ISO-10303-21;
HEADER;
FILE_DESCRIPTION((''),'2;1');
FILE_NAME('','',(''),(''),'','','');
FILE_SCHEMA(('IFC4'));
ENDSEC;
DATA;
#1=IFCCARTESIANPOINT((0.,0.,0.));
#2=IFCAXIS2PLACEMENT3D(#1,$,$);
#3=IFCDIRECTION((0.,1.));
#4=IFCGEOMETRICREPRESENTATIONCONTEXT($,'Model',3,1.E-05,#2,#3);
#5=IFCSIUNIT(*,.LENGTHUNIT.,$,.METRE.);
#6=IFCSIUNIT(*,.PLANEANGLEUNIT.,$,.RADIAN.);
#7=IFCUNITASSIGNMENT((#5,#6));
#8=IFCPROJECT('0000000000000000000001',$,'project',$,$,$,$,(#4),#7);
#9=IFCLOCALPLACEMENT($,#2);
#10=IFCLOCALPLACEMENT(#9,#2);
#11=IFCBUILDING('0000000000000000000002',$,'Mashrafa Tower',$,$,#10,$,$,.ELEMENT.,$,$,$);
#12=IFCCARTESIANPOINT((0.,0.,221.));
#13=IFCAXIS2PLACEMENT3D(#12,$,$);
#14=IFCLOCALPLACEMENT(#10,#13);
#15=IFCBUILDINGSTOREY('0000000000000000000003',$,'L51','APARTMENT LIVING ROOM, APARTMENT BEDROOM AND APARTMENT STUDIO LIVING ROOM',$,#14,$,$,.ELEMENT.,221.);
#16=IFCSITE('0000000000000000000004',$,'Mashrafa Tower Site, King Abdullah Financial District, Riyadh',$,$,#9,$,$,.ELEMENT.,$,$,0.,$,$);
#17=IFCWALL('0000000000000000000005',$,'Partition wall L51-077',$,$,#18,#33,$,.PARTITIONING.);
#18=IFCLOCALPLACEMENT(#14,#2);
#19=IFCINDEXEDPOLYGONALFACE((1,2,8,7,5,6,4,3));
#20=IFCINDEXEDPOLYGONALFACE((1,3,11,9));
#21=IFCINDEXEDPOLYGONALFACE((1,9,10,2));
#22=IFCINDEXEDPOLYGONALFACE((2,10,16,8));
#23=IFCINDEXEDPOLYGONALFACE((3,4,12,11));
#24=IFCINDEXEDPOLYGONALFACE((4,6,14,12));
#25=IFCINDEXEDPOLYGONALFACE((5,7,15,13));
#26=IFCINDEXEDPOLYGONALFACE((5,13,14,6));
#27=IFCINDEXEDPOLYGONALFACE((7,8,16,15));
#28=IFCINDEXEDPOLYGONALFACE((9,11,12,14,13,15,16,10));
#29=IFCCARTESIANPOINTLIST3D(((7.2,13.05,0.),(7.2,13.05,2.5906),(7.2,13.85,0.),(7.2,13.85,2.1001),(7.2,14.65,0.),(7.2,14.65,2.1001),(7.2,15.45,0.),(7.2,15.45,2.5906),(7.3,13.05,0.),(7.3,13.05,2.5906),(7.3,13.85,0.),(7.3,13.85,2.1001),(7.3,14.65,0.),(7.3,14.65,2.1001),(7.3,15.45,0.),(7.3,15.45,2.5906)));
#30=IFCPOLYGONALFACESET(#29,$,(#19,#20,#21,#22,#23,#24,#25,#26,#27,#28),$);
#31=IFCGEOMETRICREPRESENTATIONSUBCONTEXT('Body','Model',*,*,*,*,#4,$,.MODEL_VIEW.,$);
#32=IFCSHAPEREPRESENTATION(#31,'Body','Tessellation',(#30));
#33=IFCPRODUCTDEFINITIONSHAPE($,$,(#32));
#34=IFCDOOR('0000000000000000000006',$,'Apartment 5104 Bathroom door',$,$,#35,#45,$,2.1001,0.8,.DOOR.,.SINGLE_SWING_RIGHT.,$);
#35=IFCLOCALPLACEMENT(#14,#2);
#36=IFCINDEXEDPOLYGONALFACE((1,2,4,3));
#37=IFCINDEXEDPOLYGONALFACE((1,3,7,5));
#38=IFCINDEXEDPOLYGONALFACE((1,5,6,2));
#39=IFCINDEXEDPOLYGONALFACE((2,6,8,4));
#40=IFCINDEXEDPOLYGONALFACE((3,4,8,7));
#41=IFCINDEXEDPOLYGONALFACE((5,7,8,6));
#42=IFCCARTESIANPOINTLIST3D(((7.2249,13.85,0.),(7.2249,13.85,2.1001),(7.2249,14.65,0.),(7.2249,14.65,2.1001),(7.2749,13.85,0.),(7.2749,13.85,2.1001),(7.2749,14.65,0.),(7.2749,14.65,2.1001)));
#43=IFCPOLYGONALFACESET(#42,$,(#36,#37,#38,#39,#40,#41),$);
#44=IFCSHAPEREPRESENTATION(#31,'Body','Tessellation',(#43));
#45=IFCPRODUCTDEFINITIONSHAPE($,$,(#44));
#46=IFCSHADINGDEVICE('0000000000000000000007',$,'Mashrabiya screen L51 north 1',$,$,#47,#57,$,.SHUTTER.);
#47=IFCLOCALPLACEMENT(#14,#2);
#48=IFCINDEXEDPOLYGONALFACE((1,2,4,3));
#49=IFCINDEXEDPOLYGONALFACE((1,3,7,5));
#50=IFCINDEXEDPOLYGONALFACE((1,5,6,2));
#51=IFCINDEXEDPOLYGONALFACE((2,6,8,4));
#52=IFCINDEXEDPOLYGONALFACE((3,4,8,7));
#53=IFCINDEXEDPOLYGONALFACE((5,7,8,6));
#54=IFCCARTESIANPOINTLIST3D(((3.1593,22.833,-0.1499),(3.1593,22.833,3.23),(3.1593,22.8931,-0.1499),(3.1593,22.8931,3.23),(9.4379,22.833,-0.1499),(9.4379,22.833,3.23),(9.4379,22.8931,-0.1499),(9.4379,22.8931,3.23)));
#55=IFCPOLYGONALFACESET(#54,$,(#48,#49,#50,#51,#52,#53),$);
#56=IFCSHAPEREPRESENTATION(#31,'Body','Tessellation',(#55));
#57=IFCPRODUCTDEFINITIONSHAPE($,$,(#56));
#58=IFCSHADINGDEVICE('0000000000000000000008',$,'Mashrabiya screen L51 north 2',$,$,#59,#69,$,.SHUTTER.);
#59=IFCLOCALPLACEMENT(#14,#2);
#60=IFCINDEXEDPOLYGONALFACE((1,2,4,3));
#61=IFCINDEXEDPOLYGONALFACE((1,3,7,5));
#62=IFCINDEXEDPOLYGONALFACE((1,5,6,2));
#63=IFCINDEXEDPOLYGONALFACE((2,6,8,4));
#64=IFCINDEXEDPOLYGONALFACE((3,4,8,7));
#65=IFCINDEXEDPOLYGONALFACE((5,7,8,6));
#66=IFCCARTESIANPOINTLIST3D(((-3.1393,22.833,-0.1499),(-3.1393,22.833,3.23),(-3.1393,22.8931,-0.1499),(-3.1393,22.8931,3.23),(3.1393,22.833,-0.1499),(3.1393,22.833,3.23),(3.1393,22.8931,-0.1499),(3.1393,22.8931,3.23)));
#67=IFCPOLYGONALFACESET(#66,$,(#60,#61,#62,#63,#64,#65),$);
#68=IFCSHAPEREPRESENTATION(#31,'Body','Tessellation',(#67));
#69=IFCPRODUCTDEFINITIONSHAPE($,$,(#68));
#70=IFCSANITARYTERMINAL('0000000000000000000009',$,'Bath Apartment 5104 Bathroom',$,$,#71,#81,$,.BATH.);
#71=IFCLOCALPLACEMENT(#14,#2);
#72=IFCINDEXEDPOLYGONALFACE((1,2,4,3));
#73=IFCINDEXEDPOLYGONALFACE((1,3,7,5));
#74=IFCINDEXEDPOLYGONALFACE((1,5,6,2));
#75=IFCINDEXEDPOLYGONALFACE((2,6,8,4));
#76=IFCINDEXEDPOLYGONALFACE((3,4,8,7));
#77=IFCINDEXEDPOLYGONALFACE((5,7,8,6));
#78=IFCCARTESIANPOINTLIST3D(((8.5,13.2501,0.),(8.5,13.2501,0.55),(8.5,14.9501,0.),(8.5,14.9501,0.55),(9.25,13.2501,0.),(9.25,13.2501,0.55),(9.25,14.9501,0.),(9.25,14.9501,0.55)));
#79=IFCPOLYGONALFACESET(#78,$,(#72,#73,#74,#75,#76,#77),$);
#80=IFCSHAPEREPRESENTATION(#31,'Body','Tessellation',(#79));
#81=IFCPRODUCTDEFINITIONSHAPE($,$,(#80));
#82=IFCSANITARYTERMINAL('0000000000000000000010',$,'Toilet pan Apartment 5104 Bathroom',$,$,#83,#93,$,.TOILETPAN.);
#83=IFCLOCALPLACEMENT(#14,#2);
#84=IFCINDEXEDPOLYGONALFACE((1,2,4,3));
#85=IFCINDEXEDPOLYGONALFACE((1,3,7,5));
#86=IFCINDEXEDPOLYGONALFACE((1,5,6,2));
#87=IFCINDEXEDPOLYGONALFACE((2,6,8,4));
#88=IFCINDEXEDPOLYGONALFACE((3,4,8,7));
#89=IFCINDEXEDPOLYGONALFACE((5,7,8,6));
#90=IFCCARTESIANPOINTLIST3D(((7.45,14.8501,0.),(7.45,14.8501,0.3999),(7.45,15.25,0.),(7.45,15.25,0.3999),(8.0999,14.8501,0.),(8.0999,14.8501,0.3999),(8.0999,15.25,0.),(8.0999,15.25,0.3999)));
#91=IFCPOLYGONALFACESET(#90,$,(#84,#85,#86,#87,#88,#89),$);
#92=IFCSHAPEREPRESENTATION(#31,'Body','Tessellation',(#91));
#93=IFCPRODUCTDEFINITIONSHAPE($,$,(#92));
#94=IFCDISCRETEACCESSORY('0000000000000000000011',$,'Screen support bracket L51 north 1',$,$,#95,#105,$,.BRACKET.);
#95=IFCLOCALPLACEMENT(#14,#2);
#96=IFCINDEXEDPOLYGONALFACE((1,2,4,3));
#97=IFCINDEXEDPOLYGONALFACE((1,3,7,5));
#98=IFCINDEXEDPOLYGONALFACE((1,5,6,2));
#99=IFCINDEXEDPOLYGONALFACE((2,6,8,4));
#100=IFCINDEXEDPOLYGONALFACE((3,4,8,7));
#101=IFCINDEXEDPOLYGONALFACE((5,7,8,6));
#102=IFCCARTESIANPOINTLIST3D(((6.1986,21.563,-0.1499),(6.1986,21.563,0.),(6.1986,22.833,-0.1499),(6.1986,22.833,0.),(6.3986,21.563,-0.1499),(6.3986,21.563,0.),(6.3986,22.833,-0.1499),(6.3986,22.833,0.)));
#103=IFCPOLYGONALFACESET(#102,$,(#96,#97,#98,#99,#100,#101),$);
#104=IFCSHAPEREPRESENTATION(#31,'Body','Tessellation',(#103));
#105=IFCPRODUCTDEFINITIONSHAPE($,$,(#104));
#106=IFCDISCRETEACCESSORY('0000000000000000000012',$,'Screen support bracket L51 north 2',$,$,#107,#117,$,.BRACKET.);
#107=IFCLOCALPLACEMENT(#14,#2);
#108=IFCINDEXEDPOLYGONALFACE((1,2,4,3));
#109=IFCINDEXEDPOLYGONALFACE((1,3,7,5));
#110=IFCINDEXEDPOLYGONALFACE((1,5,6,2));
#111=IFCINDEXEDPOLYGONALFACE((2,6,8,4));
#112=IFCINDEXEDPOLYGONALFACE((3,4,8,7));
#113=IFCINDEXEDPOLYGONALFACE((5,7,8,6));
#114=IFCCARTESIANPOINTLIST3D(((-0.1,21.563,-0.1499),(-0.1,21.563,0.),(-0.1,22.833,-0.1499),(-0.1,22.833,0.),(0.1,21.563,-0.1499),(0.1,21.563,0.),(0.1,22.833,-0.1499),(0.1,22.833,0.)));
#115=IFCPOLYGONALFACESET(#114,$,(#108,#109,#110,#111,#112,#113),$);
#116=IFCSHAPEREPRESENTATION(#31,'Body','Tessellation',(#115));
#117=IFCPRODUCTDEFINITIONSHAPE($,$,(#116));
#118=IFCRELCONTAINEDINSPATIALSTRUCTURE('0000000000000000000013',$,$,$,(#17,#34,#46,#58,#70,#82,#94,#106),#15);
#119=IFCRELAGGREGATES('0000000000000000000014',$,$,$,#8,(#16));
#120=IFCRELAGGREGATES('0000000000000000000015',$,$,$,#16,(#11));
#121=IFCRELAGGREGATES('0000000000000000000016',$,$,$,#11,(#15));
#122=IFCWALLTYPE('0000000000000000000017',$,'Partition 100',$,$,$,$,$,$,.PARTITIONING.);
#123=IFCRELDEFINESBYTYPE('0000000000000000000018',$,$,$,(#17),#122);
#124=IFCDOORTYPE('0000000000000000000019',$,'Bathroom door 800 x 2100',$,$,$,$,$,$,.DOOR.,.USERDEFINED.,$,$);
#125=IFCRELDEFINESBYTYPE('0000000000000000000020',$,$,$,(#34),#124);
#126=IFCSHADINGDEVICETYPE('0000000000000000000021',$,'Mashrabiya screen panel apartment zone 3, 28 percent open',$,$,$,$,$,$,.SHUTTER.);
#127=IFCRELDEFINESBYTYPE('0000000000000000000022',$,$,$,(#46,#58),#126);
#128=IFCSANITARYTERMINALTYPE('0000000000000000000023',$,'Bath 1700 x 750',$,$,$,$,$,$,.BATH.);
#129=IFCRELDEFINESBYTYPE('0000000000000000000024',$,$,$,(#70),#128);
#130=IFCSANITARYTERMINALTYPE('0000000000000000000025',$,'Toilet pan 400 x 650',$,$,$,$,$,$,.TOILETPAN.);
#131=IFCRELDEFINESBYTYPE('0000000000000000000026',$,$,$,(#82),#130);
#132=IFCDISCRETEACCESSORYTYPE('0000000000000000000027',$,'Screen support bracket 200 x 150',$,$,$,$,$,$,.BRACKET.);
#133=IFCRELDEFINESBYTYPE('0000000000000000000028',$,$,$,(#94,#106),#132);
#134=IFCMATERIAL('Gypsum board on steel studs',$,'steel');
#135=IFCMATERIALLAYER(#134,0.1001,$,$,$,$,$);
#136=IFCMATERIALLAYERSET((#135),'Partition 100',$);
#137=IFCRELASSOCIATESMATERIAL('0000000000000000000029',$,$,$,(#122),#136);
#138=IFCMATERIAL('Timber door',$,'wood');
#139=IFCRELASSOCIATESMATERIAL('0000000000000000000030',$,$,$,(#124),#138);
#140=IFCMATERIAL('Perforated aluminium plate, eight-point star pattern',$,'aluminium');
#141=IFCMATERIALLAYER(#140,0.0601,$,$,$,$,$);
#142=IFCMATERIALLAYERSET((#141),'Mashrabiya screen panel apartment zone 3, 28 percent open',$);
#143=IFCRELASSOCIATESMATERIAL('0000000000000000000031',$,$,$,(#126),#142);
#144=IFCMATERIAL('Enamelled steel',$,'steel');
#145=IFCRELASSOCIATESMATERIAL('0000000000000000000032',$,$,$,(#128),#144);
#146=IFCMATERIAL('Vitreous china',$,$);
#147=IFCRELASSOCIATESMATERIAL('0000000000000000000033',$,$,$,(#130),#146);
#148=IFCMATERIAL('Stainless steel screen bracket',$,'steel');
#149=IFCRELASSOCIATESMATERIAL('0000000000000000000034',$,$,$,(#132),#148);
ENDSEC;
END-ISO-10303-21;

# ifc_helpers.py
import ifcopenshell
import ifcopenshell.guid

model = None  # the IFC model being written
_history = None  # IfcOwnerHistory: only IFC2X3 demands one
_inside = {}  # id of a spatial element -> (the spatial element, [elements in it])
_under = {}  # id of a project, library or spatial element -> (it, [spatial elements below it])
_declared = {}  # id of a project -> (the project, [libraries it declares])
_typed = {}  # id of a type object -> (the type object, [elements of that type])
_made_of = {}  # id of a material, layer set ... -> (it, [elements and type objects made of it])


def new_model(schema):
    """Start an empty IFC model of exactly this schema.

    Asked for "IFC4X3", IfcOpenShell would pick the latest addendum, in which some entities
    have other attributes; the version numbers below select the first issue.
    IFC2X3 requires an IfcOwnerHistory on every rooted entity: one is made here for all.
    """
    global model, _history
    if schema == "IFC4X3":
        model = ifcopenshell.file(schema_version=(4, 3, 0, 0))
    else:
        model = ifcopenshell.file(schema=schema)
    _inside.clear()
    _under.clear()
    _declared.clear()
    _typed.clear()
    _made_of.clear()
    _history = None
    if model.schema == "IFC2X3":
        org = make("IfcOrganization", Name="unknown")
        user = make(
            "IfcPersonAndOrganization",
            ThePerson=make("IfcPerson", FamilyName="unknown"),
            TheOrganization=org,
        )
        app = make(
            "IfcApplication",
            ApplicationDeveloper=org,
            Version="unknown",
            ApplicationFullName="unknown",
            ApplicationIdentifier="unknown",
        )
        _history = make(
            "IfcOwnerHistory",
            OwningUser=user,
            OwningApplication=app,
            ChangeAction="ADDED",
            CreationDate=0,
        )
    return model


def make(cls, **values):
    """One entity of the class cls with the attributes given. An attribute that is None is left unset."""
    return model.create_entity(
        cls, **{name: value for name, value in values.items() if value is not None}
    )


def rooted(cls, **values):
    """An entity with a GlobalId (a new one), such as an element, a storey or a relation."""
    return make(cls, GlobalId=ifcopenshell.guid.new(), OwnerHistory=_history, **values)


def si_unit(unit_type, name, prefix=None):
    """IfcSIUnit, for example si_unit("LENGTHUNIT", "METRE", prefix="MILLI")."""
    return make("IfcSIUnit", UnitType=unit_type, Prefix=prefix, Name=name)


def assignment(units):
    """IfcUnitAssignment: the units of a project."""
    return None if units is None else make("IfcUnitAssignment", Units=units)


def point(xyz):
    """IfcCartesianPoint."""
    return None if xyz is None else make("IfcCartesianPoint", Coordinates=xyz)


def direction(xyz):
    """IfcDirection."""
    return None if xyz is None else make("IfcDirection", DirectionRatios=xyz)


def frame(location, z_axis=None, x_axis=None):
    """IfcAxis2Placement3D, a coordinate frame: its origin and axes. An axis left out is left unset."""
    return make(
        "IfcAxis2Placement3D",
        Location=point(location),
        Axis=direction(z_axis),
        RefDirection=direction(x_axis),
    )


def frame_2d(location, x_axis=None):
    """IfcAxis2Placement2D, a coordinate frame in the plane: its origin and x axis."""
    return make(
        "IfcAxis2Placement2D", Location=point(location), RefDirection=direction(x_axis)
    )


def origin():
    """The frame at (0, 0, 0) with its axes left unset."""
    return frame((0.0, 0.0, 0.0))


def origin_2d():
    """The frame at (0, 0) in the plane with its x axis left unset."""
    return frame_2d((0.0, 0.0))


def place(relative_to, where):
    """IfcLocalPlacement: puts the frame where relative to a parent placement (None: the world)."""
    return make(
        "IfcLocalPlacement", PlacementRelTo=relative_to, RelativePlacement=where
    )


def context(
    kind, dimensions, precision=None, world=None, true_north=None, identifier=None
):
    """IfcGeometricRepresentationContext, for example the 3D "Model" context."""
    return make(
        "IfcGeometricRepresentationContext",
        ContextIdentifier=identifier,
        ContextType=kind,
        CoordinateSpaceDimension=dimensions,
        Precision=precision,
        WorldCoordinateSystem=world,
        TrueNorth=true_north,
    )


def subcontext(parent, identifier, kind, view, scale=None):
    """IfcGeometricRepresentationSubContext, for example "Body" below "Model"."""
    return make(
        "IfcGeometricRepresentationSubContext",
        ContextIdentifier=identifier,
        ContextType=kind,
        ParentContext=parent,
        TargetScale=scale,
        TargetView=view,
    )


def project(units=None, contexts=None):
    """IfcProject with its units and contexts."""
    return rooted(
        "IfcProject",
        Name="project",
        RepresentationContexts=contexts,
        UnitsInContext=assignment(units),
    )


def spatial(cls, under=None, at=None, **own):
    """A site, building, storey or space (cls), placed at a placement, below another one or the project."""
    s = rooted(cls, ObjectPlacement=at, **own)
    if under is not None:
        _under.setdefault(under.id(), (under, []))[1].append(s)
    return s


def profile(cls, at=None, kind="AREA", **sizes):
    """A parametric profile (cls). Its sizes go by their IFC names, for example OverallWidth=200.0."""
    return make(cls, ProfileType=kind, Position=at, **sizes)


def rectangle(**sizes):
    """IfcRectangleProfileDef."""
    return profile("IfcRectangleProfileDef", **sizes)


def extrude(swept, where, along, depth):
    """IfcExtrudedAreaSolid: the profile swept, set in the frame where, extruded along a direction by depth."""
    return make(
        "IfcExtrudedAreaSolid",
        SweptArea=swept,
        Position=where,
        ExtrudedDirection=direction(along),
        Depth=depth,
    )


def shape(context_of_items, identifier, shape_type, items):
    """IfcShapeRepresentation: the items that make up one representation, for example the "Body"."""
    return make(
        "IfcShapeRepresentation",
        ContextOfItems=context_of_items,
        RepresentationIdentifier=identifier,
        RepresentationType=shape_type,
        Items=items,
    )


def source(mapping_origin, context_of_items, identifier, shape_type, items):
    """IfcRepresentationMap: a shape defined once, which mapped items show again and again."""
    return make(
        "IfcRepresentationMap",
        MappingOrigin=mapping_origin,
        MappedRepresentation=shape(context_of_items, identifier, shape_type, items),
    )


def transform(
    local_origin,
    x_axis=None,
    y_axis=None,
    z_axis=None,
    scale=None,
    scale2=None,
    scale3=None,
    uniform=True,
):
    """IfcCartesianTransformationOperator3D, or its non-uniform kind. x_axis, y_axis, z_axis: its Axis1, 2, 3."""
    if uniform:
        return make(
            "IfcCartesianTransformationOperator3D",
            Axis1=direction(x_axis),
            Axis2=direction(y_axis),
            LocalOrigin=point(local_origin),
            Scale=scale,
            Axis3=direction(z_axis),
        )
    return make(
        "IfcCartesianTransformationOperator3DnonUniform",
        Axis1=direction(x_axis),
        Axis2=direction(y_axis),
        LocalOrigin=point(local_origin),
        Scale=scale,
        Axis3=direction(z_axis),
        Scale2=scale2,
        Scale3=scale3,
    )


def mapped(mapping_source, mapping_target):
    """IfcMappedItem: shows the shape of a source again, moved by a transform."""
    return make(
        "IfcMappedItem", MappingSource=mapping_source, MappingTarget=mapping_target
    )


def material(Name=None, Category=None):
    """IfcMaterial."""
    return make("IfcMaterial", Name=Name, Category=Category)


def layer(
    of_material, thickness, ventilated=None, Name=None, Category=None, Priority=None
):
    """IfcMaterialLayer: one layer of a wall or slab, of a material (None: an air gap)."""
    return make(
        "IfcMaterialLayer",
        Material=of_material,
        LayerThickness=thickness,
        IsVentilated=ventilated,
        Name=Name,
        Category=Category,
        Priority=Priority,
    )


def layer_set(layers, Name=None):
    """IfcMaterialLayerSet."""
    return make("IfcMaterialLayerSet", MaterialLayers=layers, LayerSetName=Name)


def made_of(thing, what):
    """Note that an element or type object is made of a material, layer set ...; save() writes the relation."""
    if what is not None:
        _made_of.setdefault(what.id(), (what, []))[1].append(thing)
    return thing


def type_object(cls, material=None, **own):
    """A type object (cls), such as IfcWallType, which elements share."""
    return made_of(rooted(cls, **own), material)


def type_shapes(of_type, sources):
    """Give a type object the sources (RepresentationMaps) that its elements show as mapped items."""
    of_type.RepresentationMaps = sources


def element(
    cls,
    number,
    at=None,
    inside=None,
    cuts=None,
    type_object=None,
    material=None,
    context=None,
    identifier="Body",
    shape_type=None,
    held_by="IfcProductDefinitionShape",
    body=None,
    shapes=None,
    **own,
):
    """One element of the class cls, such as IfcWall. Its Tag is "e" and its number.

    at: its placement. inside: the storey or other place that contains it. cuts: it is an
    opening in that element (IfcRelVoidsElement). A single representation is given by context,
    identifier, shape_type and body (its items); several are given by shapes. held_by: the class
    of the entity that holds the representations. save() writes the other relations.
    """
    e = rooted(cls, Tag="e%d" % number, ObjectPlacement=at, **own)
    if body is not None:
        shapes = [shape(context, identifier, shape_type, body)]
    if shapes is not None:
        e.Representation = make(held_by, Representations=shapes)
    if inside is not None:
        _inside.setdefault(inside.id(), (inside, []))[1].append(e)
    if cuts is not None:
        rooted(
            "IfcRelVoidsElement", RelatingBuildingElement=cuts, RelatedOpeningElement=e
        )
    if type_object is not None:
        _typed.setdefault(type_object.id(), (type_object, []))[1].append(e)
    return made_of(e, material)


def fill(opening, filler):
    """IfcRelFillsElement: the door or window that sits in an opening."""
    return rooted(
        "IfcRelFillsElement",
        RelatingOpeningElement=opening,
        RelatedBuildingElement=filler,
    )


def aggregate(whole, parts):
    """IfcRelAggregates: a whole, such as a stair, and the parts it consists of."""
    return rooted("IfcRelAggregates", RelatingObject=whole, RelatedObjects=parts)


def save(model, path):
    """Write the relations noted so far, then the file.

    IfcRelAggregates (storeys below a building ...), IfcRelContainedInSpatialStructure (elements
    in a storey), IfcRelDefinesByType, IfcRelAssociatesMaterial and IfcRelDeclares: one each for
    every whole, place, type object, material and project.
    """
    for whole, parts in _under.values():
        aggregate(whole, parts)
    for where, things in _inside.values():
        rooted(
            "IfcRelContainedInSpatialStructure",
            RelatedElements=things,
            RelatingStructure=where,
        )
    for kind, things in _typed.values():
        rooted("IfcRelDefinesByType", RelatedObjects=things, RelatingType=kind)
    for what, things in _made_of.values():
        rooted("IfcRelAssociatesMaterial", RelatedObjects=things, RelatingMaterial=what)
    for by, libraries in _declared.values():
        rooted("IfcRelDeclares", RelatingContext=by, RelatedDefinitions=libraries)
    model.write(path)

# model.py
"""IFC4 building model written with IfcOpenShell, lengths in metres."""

from ifc_helpers import new_model, si_unit, direction, frame, frame_2d, origin, origin_2d, place, context, subcontext, project, spatial, rectangle, extrude, source, transform, mapped, material, layer, layer_set, type_object, type_shapes, element, fill, save


model = new_model("IFC4")

# Units and contexts
model_context = context("Model", 3, precision=1e-05, world=origin(), true_north=direction((0.0, 1.0)))
body_context = subcontext(model_context, "Body", "Model", "MODEL_VIEW")
ifc_project = project(units=[si_unit("LENGTHUNIT", "METRE"), si_unit("PLANEANGLEUNIT", "RADIAN")], contexts=[model_context])

# Site, building, storey
site_placement = place(None, origin())
site = spatial("IfcSite", under=ifc_project, at=site_placement, Name="Mashrafa Tower Site, King Abdullah Financial District, Riyadh", CompositionType="ELEMENT", RefElevation=0.0)
building_placement = place(site_placement, origin())
building = spatial("IfcBuilding", under=site, at=building_placement, Name="Mashrafa Tower", CompositionType="ELEMENT")
storey_placement = place(building_placement, frame((0.0, 0.0, 221.0)))
storey = spatial("IfcBuildingStorey", under=building, at=storey_placement, Name="L51", Description="APARTMENT LIVING ROOM, APARTMENT BEDROOM AND APARTMENT STUDIO LIVING ROOM", CompositionType="ELEMENT", Elevation=221.0)

# Shared definitions
ifc_material_1 = material(Name="Gypsum board on steel studs", Category="steel")
ifc_layer_1 = layer(ifc_material_1, 0.1001)
ifc_layer_set_1 = layer_set([ifc_layer_1], Name="Partition 100")
wall_type_1 = type_object("IfcWallType", Name="Partition 100", PredefinedType="PARTITIONING", material=ifc_layer_set_1)

# Wall, opening, door
wall_1_placement = place(storey_placement, frame((7.25, 15.45, 0.0), z_axis=(0.0, 0.0, 1.0), x_axis=(0.0, -1.0, 0.0)))
wall_1 = element("IfcWall", 1, at=wall_1_placement, inside=storey, type_object=wall_type_1, Name="Partition wall L51-077", PredefinedType="PARTITIONING", context=body_context, shape_type="SweptSolid", body=[
    extrude(rectangle(XDim=2.3999, YDim=0.1001, at=frame_2d((1.2, 0.0))), origin(), (0.0, 0.0, 1.0), 2.5906),
])
opening_1_placement = place(wall_1_placement, frame((0.8, 0.0, 0.0)))
opening_1 = element("IfcOpeningElement", 2, at=opening_1_placement, cuts=wall_1, PredefinedType="OPENING", context=body_context, shape_type="SweptSolid", body=[
    extrude(rectangle(XDim=0.8, YDim=2.1001, at=frame_2d((0.3999, 1.05))), frame((0.0, 0.0601, 0.0), z_axis=(0.0, -1.0, 0.0), x_axis=(1.0, 0.0, 0.0)), (0.0, 0.0, 1.0), 0.1201),
])
ifc_material_2 = material(Name="Timber door", Category="wood")
door_type_1 = type_object("IfcDoorType", Name="Bathroom door 800 x 2100", OperationType="USERDEFINED", PredefinedType="DOOR", material=ifc_material_2)
door_1_placement = place(opening_1_placement, origin())
door_1 = element("IfcDoor", 3, at=door_1_placement, inside=storey, type_object=door_type_1, Name="Apartment 5104 Bathroom door", OperationType="SINGLE_SWING_RIGHT", OverallHeight=2.1001, OverallWidth=0.8, PredefinedType="DOOR", context=body_context, shape_type="SweptSolid", body=[
    extrude(rectangle(XDim=0.8, YDim=2.1001, at=frame_2d((0.3999, 1.05))), frame((0.0, 0.0249, 0.0), z_axis=(0.0, -1.0, 0.0), x_axis=(1.0, 0.0, 0.0)), (0.0, 0.0, 1.0), 0.05),
])
fill(opening_1, door_1)

# Shading devices
ifc_material_3 = material(Name="Perforated aluminium plate, eight-point star pattern", Category="aluminium")
ifc_layer_2 = layer(ifc_material_3, 0.0601)
ifc_layer_set_2 = layer_set([ifc_layer_2], Name="Mashrabiya screen panel apartment zone 3, 28 percent open")
shading_device_type = type_object("IfcShadingDeviceType", Name="Mashrabiya screen panel apartment zone 3, 28 percent open", PredefinedType="SHUTTER", material=ifc_layer_set_2)
shared_shape_1 = source(origin(), body_context, "Body", "SweptSolid", [
    extrude(rectangle(XDim=6.2786, YDim=0.0601, at=origin_2d()), origin(), (0.0, 0.0, 1.0), 3.3799),
])
type_shapes(shading_device_type, [shared_shape_1])
for number, where, z_axis, x_axis, name in (
    (4, (6.2986, 22.863, -0.1499), (0.0, 0.0, 1.0), (-1.0, 0.0, 0.0), "Mashrabiya screen L51 north 1"),
    (5, (0.0, 22.863, -0.1499), (0.0, 0.0, 1.0), (-1.0, 0.0, 0.0), "Mashrabiya screen L51 north 2"),
):
    element("IfcShadingDevice", number, at=place(storey_placement, frame(where, z_axis=z_axis, x_axis=x_axis)), inside=storey, type_object=shading_device_type, Name=name, PredefinedType="SHUTTER", context=body_context, shape_type="MappedRepresentation", body=[
        mapped(shared_shape_1, transform((0.0, 0.0, 0.0))),
    ])

# Sanitary terminals
ifc_material_4 = material(Name="Enamelled steel", Category="steel")
sanitary_terminal_type_1 = type_object("IfcSanitaryTerminalType", Name="Bath 1700 x 750", PredefinedType="BATH", material=ifc_material_4)
sanitary_terminal_1_placement = place(storey_placement, frame((8.875, 14.1001, 0.0), z_axis=(0.0, 0.0, 1.0), x_axis=(0.0, 1.0, 0.0)))
element("IfcSanitaryTerminal", 6, at=sanitary_terminal_1_placement, inside=storey, type_object=sanitary_terminal_type_1, Name="Bath Apartment 5104 Bathroom", PredefinedType="BATH", context=body_context, shape_type="SweptSolid", body=[
    extrude(rectangle(XDim=1.7, YDim=0.75, at=origin_2d()), origin(), (0.0, 0.0, 1.0), 0.55),
])
ifc_material_5 = material(Name="Vitreous china")
sanitary_terminal_type_2 = type_object("IfcSanitaryTerminalType", Name="Toilet pan 400 x 650", PredefinedType="TOILETPAN", material=ifc_material_5)
sanitary_terminal_2_placement = place(storey_placement, frame((7.7749, 15.05, 0.0), z_axis=(0.0, 0.0, 1.0), x_axis=(0.0, -1.0, 0.0)))
element("IfcSanitaryTerminal", 7, at=sanitary_terminal_2_placement, inside=storey, type_object=sanitary_terminal_type_2, Name="Toilet pan Apartment 5104 Bathroom", PredefinedType="TOILETPAN", context=body_context, shape_type="SweptSolid", body=[
    extrude(rectangle(XDim=0.3999, YDim=0.6499, at=origin_2d()), origin(), (0.0, 0.0, 1.0), 0.3999),
])

# Discrete accessories
ifc_material_6 = material(Name="Stainless steel screen bracket", Category="steel")
discrete_accessory_type = type_object("IfcDiscreteAccessoryType", Name="Screen support bracket 200 x 150", PredefinedType="BRACKET", material=ifc_material_6)
shared_shape_2 = source(origin(), body_context, "Body", "SweptSolid", [
    extrude(rectangle(XDim=0.2, YDim=1.27, at=origin_2d()), origin(), (0.0, 0.0, 1.0), 0.1499),
])
type_shapes(discrete_accessory_type, [shared_shape_2])
for number, where, z_axis, x_axis, name in (
    (8, (6.2986, 22.198, -0.1499), (0.0, 0.0, 1.0), (-1.0, 0.0, 0.0), "Screen support bracket L51 north 1"),
    (9, (0.0, 22.198, -0.1499), (0.0, 0.0, 1.0), (-1.0, 0.0, 0.0), "Screen support bracket L51 north 2"),
):
    element("IfcDiscreteAccessory", number, at=place(storey_placement, frame(where, z_axis=z_axis, x_axis=x_axis)), inside=storey, type_object=discrete_accessory_type, Name=name, PredefinedType="BRACKET", context=body_context, shape_type="MappedRepresentation", body=[
        mapped(shared_shape_2, transform((0.0, 0.0, 0.0))),
    ])

save(model, "model.ifc")
